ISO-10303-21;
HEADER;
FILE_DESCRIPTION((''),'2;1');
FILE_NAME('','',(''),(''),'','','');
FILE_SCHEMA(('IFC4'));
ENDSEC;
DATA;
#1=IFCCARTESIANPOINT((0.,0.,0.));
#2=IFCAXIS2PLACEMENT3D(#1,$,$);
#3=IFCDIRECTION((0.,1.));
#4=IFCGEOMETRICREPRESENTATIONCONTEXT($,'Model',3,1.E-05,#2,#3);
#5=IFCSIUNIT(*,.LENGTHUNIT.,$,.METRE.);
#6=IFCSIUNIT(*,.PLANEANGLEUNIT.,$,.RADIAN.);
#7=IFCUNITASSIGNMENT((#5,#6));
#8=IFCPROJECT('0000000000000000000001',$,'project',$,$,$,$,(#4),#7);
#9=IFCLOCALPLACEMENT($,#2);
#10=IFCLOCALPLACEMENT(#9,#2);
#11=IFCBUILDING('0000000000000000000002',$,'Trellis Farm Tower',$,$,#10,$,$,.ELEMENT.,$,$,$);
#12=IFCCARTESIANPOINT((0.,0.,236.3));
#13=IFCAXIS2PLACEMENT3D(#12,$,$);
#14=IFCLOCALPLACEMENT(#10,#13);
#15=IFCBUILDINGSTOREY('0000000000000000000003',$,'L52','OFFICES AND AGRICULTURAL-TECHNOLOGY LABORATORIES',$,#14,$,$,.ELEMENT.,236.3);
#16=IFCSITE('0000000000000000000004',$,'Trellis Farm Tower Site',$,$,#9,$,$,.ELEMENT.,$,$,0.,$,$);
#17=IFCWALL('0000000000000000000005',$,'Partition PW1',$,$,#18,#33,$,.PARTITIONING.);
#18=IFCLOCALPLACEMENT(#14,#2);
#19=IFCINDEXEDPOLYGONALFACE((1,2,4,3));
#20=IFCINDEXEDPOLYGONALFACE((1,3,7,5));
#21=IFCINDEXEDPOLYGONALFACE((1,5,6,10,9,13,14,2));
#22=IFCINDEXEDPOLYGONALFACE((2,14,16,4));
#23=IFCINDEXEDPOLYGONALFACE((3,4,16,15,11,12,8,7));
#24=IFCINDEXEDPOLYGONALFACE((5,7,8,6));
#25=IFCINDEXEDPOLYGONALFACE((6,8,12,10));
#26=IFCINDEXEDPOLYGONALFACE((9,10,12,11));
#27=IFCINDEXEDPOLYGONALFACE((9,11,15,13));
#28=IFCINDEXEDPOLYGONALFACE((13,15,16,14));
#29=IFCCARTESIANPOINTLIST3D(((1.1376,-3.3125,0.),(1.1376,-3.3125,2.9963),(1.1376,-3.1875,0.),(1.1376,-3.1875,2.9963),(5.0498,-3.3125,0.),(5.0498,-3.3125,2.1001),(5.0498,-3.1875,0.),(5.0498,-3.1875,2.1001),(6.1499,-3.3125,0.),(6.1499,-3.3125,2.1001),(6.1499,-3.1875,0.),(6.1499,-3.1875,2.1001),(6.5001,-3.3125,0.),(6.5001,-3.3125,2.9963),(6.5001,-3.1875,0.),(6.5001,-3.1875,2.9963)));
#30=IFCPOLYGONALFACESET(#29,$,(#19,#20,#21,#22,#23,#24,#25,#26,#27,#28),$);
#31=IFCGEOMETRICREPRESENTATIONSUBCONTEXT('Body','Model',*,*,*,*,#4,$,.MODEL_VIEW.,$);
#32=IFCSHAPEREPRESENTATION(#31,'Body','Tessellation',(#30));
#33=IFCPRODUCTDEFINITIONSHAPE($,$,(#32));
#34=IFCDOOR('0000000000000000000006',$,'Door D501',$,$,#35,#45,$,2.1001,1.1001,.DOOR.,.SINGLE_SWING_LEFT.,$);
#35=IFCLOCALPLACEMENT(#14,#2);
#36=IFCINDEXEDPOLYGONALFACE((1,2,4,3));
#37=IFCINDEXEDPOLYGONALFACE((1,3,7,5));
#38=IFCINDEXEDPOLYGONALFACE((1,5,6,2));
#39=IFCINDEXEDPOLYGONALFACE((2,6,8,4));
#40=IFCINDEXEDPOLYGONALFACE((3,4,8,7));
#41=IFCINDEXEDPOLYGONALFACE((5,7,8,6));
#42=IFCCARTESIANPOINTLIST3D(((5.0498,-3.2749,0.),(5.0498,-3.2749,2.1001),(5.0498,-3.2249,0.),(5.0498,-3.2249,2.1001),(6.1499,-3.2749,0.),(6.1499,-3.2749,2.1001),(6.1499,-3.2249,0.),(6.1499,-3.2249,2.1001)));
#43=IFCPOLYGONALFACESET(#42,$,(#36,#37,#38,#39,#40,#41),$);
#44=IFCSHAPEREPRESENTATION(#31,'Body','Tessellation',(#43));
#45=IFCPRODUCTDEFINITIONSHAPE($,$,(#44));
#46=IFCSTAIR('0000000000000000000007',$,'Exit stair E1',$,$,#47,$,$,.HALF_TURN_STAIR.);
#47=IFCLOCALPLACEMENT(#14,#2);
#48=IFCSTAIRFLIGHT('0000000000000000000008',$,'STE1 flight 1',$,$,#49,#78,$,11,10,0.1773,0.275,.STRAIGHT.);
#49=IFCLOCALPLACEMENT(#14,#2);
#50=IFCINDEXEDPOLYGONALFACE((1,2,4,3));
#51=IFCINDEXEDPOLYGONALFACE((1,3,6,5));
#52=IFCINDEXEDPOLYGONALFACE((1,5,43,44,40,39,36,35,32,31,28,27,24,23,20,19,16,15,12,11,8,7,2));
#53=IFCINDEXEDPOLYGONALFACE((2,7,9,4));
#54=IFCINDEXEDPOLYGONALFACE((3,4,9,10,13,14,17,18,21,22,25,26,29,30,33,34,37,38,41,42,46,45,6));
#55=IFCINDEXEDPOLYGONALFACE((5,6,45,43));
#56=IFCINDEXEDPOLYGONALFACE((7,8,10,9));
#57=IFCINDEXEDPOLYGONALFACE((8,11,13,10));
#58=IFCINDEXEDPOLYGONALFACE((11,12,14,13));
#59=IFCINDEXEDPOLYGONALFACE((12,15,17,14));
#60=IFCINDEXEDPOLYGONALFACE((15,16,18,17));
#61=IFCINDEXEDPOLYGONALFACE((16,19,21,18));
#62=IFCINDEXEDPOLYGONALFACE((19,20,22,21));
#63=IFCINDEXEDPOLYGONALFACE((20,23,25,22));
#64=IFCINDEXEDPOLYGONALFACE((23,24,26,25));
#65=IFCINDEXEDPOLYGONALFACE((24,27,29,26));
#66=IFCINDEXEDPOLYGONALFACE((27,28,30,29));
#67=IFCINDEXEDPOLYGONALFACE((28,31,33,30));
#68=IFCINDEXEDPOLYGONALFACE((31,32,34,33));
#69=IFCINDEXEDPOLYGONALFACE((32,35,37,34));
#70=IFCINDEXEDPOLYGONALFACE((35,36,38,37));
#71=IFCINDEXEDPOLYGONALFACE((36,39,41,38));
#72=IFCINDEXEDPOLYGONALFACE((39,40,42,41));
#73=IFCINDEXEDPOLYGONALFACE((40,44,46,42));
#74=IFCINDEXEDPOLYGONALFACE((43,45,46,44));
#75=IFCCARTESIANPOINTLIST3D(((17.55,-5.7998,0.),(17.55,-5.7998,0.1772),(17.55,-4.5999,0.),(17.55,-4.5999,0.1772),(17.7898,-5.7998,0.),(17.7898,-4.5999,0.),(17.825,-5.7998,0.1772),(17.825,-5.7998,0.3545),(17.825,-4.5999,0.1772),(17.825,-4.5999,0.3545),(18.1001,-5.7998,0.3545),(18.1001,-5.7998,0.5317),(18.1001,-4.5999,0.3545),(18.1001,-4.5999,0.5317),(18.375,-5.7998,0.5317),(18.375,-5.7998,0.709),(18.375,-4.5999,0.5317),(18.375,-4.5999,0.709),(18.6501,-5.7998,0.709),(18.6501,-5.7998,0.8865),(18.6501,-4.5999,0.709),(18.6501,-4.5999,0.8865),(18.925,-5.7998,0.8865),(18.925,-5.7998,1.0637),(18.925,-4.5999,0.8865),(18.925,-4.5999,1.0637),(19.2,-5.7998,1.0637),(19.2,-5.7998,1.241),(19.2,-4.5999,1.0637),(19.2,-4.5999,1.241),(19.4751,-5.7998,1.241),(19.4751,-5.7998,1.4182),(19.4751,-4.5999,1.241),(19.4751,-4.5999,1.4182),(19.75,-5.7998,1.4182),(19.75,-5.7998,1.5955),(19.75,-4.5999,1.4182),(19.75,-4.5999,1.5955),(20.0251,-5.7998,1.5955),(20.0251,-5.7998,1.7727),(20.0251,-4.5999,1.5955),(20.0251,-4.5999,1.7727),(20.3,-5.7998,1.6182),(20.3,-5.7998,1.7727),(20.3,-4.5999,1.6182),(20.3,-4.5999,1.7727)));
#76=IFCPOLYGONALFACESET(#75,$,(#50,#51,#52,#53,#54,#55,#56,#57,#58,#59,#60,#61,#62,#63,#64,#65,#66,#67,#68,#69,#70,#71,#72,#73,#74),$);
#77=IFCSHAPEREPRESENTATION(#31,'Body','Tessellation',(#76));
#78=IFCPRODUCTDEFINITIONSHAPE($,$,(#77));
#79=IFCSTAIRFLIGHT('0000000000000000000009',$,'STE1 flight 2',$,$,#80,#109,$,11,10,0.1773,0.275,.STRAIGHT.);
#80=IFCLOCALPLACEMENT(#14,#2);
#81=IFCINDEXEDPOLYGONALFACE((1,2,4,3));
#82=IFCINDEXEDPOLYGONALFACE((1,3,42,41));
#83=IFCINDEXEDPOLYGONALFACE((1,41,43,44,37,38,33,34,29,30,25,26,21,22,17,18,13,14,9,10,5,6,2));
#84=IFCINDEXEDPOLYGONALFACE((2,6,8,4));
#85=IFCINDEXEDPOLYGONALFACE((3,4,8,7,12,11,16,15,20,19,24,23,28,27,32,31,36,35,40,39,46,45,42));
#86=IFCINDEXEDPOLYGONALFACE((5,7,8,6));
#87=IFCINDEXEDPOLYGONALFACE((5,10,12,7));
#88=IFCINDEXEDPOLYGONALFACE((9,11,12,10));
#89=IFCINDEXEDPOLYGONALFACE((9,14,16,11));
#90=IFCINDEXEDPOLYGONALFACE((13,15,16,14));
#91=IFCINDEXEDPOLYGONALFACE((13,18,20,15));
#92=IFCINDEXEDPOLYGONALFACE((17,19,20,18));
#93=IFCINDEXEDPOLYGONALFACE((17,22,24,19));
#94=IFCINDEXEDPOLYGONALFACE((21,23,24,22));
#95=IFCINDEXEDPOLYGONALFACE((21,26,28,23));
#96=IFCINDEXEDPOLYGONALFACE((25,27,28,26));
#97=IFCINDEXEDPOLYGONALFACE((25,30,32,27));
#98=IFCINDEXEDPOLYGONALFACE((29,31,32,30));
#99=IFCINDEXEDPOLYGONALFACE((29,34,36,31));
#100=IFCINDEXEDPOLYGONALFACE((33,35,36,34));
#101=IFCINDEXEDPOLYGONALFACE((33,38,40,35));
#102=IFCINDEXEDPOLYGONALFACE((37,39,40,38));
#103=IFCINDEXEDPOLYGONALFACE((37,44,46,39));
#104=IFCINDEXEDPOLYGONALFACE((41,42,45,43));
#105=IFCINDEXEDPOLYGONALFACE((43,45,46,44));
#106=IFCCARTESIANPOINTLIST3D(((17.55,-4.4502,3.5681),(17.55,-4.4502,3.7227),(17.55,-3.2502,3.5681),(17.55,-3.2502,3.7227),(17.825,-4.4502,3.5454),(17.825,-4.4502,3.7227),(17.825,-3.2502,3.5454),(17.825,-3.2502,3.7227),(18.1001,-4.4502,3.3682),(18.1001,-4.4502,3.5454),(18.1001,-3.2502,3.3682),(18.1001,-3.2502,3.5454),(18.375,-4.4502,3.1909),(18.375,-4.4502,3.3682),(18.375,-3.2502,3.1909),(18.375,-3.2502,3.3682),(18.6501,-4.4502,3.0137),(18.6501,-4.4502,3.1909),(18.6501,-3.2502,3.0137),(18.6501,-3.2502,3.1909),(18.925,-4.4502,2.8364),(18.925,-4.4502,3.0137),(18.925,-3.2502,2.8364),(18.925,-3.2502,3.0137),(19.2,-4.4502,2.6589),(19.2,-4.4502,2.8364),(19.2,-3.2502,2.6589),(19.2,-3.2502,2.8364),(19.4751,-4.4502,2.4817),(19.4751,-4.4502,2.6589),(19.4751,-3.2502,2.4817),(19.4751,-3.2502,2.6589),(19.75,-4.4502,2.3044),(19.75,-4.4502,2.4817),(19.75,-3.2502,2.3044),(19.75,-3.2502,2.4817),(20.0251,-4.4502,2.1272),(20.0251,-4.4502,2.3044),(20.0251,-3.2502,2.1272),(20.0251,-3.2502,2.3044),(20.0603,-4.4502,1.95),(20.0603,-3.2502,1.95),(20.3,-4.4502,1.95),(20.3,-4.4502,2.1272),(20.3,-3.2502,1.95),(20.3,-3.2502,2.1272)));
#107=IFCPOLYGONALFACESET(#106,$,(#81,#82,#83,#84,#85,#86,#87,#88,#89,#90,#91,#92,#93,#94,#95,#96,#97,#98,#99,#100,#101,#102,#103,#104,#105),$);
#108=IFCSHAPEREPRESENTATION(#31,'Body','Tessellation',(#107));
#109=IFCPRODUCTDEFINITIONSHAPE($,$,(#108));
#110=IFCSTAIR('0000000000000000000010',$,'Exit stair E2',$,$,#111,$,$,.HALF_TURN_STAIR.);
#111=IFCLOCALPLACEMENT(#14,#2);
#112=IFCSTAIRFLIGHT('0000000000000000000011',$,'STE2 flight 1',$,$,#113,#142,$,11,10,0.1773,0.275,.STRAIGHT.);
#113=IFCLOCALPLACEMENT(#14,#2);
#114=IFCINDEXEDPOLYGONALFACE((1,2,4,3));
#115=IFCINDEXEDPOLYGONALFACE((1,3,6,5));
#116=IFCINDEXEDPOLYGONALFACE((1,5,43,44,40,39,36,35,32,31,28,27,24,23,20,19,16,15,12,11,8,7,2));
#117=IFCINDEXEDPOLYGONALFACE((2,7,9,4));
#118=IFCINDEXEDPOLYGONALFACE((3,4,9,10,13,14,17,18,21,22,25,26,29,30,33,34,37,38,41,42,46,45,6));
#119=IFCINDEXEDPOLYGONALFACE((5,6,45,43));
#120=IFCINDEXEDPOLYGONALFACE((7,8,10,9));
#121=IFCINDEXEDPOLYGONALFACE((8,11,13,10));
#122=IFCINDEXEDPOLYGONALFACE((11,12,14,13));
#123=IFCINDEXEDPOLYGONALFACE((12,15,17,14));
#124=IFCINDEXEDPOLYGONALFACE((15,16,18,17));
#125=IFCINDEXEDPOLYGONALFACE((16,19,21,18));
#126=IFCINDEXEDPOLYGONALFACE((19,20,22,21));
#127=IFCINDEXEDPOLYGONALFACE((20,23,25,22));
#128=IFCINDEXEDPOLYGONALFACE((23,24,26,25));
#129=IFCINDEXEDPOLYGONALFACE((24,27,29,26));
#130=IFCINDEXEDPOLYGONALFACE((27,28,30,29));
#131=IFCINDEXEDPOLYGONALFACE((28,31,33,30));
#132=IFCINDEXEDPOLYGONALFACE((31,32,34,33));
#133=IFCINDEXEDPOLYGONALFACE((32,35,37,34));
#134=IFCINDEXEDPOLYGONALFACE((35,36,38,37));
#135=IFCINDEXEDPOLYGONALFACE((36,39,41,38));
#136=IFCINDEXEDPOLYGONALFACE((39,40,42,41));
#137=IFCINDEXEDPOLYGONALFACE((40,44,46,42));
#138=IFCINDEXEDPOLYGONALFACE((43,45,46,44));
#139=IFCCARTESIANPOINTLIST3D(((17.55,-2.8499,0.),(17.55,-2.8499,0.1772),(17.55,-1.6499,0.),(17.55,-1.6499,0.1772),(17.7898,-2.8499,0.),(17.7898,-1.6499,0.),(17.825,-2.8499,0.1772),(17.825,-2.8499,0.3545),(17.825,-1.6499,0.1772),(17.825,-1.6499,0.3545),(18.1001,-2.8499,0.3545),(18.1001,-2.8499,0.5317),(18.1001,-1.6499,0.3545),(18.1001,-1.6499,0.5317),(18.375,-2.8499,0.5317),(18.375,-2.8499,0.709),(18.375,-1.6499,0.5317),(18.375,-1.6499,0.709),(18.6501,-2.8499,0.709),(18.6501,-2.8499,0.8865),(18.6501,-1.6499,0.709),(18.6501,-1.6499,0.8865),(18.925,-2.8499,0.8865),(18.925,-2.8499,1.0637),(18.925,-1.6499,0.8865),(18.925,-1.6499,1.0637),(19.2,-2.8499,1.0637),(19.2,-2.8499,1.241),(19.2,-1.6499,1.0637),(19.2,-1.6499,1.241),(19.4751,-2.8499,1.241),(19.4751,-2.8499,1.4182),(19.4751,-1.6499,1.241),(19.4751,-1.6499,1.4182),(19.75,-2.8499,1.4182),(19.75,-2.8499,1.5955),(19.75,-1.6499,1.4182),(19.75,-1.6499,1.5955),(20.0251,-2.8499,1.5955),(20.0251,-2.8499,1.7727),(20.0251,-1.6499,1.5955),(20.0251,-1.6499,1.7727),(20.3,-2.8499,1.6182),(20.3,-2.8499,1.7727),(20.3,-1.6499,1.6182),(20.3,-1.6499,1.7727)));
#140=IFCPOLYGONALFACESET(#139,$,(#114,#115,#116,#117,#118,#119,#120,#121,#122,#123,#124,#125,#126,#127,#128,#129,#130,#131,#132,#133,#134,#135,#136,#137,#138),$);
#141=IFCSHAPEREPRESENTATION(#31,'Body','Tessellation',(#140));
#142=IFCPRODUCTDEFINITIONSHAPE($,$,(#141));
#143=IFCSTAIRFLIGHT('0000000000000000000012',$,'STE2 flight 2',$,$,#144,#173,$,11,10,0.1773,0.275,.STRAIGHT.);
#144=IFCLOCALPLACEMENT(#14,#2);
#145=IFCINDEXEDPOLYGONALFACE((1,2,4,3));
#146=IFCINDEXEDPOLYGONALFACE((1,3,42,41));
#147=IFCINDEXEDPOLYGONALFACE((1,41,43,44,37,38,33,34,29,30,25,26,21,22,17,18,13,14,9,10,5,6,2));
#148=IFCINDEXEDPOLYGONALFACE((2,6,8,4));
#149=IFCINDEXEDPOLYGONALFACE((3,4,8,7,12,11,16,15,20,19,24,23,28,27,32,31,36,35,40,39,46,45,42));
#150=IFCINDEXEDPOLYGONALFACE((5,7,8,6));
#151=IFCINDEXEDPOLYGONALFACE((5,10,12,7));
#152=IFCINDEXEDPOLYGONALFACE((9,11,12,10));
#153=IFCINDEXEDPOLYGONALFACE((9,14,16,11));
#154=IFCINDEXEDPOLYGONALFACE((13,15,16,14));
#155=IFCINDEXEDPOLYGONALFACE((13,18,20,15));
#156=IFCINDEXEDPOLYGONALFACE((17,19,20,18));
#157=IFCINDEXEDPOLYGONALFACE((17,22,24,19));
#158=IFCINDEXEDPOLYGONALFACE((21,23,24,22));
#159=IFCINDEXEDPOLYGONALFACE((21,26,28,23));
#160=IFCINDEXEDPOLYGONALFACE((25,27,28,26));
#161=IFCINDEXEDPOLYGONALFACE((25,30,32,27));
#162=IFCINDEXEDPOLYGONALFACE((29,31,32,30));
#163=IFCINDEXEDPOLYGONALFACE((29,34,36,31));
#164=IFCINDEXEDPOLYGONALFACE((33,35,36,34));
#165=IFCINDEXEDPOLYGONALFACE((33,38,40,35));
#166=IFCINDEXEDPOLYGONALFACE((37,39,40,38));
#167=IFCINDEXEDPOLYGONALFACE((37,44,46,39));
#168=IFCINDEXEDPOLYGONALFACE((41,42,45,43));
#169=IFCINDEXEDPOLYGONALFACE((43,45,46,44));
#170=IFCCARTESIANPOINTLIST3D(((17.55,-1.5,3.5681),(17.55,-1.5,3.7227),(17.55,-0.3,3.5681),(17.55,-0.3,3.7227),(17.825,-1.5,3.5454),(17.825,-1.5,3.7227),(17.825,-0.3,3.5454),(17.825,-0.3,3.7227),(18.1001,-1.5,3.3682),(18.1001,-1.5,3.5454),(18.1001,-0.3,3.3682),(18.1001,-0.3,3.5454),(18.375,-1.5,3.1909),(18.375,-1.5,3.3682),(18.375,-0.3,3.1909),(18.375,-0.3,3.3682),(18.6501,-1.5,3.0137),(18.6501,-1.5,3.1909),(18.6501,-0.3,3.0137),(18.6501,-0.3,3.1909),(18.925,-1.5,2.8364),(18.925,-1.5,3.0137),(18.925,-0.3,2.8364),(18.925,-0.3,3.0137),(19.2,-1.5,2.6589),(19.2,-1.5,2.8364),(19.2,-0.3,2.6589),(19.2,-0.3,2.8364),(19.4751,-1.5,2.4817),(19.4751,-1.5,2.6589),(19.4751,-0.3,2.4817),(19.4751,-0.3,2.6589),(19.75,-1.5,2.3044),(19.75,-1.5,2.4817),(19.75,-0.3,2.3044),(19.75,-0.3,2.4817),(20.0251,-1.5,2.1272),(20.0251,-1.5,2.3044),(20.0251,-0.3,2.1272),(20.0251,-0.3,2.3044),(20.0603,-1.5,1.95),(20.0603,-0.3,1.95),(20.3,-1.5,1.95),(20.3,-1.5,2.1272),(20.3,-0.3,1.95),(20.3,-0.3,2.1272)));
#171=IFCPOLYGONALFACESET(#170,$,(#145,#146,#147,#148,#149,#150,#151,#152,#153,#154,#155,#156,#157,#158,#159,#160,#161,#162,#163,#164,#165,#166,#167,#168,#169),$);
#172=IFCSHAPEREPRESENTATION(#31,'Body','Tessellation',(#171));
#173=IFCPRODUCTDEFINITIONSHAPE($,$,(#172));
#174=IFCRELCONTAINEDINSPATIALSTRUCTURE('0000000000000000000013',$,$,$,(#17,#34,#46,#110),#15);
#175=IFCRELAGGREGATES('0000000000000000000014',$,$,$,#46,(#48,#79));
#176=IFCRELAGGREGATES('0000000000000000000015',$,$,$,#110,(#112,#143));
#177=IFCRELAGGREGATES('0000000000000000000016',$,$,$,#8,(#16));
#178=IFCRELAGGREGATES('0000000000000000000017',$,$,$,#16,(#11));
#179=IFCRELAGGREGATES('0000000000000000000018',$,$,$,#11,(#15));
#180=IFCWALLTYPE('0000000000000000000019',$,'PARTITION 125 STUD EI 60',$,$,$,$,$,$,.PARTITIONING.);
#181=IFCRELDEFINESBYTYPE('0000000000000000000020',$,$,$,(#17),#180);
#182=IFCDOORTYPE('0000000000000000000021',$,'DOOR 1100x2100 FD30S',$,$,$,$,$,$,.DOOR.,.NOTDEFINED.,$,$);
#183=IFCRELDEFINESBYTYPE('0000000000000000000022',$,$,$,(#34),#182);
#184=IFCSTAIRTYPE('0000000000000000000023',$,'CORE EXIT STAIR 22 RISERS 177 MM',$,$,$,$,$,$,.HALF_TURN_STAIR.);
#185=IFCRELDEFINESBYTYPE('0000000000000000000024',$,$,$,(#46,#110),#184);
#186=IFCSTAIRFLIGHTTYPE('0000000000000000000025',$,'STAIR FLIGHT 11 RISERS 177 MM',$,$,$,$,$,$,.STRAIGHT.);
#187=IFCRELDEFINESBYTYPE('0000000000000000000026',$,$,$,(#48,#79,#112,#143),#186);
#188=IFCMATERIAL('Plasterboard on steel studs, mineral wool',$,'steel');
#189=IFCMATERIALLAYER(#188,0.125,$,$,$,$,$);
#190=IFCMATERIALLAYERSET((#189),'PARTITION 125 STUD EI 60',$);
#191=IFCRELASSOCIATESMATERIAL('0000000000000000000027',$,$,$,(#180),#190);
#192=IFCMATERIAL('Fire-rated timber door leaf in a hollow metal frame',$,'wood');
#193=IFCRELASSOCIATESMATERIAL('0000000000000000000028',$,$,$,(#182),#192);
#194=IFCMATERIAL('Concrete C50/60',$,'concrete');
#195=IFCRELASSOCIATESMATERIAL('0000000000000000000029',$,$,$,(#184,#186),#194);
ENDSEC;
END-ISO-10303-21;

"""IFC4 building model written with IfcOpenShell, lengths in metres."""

from ifc_helpers import new_model, si_unit, direction, frame, frame_2d, origin, place, context, subcontext, project, spatial, polyline, rectangle, outline, extrude, source, transform, mapped, material, layer, layer_set, type_object, element, fill, aggregate, save


model = new_model("IFC4")

# Units and contexts
model_context = context("Model", 3, precision=1e-05, world=origin(), true_north=direction((0.0, 1.0)))
body_context = subcontext(model_context, "Body", "Model", "MODEL_VIEW")
ifc_project = project(units=[si_unit("LENGTHUNIT", "METRE"), si_unit("PLANEANGLEUNIT", "RADIAN")], contexts=[model_context])

# Site, building, storey
site_placement = place(None, origin())
site = spatial("IfcSite", under=ifc_project, at=site_placement, Name="Trellis Farm Tower Site", CompositionType="ELEMENT", RefElevation=0.0)
building_placement = place(site_placement, origin())
building = spatial("IfcBuilding", under=site, at=building_placement, Name="Trellis Farm Tower", CompositionType="ELEMENT")
storey_placement = place(building_placement, frame((0.0, 0.0, 236.3)))
storey = spatial("IfcBuildingStorey", under=building, at=storey_placement, Name="L52", Description="OFFICES AND AGRICULTURAL-TECHNOLOGY LABORATORIES", CompositionType="ELEMENT", Elevation=236.3)

# Shared definitions
placement = place(storey_placement, origin())

# Shared definitions
ifc_material_1 = material(Name="Plasterboard on steel studs, mineral wool", Category="steel")
ifc_layer_1 = layer(ifc_material_1, 0.125)
ifc_layer_set_1 = layer_set([ifc_layer_1], Name="PARTITION 125 STUD EI 60")
wall_type_1 = type_object("IfcWallType", Name="PARTITION 125 STUD EI 60", PredefinedType="PARTITIONING", material=ifc_layer_set_1)

# Wall, opening, door
shared_shape_1 = source(origin(), body_context, "Body", "SweptSolid", [
    extrude(rectangle(XDim=5.3625, YDim=0.125, at=frame_2d((2.6812, 0.0))), origin(), (0.0, 0.0, 1.0), 2.9963),
])
wall_1_placement = place(storey_placement, frame((6.5, -3.25, 0.0), z_axis=(0.0, 0.0, 1.0), x_axis=(-1.0, 0.0, 0.0)))
wall_1 = element("IfcWall", 1, at=wall_1_placement, inside=storey, type_object=wall_type_1, Name="Partition PW1", PredefinedType="PARTITIONING", context=body_context, shape_type="MappedRepresentation", body=[
    mapped(shared_shape_1, transform((0.0, 0.0, 0.0))),
])
shared_shape_2 = source(origin(), body_context, "Body", "SweptSolid", [
    extrude(rectangle(XDim=1.1001, YDim=2.1001, at=frame_2d((0.55, 1.05))), frame((0.0, 0.0725, 0.0), z_axis=(0.0, -1.0, 0.0), x_axis=(1.0, 0.0, 0.0)), (0.0, 0.0, 1.0), 0.145),
])
opening_1_placement = place(wall_1_placement, frame((0.3501, 0.0, 0.0)))
opening_1 = element("IfcOpeningElement", 2, at=opening_1_placement, cuts=wall_1, PredefinedType="OPENING", context=body_context, shape_type="MappedRepresentation", body=[
    mapped(shared_shape_2, transform((0.0, 0.0, 0.0))),
])
ifc_material_2 = material(Name="Fire-rated timber door leaf in a hollow metal frame", Category="wood")
door_type_1 = type_object("IfcDoorType", Name="DOOR 1100x2100 FD30S", OperationType="NOTDEFINED", PredefinedType="DOOR", material=ifc_material_2)
shared_shape_3 = source(origin(), body_context, "Body", "SweptSolid", [
    extrude(rectangle(XDim=1.1001, YDim=2.1001, at=frame_2d((0.55, 1.05))), frame((0.0, 0.0249, 0.0), z_axis=(0.0, -1.0, 0.0), x_axis=(1.0, 0.0, 0.0)), (0.0, 0.0, 1.0), 0.05),
])
door_1_placement = place(opening_1_placement, origin())
door_1 = element("IfcDoor", 3, at=door_1_placement, inside=storey, type_object=door_type_1, Name="Door D501", OperationType="SINGLE_SWING_LEFT", OverallHeight=2.1001, OverallWidth=1.1001, PredefinedType="DOOR", context=body_context, shape_type="MappedRepresentation", body=[
    mapped(shared_shape_3, transform((0.0, 0.0, 0.0))),
])
fill(opening_1, door_1)

# Stairs, stair flights
ifc_material_3 = material(Name="Concrete C50/60", Category="concrete")
stair_type = type_object("IfcStairType", Name="CORE EXIT STAIR 22 RISERS 177 MM", PredefinedType="HALF_TURN_STAIR", material=ifc_material_3)
stair_1 = element("IfcStair", 4, at=placement, inside=storey, type_object=stair_type, Name="Exit stair E1", PredefinedType="HALF_TURN_STAIR")
stair_flight_type = type_object("IfcStairFlightType", Name="STAIR FLIGHT 11 RISERS 177 MM", PredefinedType="STRAIGHT", material=ifc_material_3)
shared_shape_4 = source(origin(), body_context, "Body", "SweptSolid", [
    extrude(outline(polyline([(0.0, 0.0), (0.0, 0.1772), (0.2749, 0.1772), (0.2749, 0.3545), (0.55, 0.3545), (0.55, 0.5317), (0.825, 0.5317), (0.825, 0.709), (1.1001, 0.709), (1.1001, 0.8865), (1.375, 0.8865), (1.375, 1.0637), (1.6499, 1.0637), (1.6499, 1.241), (1.925, 1.241), (1.925, 1.4182), (2.2, 1.4182), (2.2, 1.5955), (2.4751, 1.5955), (2.4751, 1.7727), (2.75, 1.7727), (2.75, 1.95), (2.75, 1.6182), (0.2397, 0.0), (0.0, 0.0)])), frame((0.0, 0.6001, 0.0), z_axis=(0.0, -1.0, 0.0), x_axis=(1.0, 0.0, 0.0)), (0.0, 0.0, 1.0), 1.2),
])
stair_flight_1_placement = place(storey_placement, frame((17.55, -5.2, 0.0), z_axis=(0.0, 0.0, 1.0), x_axis=(1.0, 0.0, 0.0)))
stair_flight_1 = element("IfcStairFlight", 5, at=stair_flight_1_placement, type_object=stair_flight_type, Name="STE1 flight 1", NumberOfRisers=11, NumberOfTreads=10, PredefinedType="STRAIGHT", RiserHeight=0.1773, TreadLength=0.275, context=body_context, shape_type="MappedRepresentation", body=[
    mapped(shared_shape_4, transform((0.0, 0.0, 0.0))),
])
stair_flight_2_placement = place(storey_placement, frame((20.3, -3.8501, 1.95), z_axis=(0.0, 0.0, 1.0), x_axis=(-1.0, 0.0, 0.0)))
stair_flight_2 = element("IfcStairFlight", 6, at=stair_flight_2_placement, type_object=stair_flight_type, Name="STE1 flight 2", NumberOfRisers=11, NumberOfTreads=10, PredefinedType="STRAIGHT", RiserHeight=0.1773, TreadLength=0.275, context=body_context, shape_type="MappedRepresentation", body=[
    mapped(shared_shape_4, transform((0.0, 0.0, 0.0))),
])
aggregate(stair_1, [stair_flight_1, stair_flight_2])
stair_2 = element("IfcStair", 7, at=placement, inside=storey, type_object=stair_type, Name="Exit stair E2", PredefinedType="HALF_TURN_STAIR")
stair_flight_3_placement = place(storey_placement, frame((17.55, -2.25, 0.0), z_axis=(0.0, 0.0, 1.0), x_axis=(1.0, 0.0, 0.0)))
stair_flight_3 = element("IfcStairFlight", 8, at=stair_flight_3_placement, type_object=stair_flight_type, Name="STE2 flight 1", NumberOfRisers=11, NumberOfTreads=10, PredefinedType="STRAIGHT", RiserHeight=0.1773, TreadLength=0.275, context=body_context, shape_type="MappedRepresentation", body=[
    mapped(shared_shape_4, transform((0.0, 0.0, 0.0))),
])
stair_flight_4_placement = place(storey_placement, frame((20.3, -0.8999, 1.95), z_axis=(0.0, 0.0, 1.0), x_axis=(-1.0, 0.0, 0.0)))
stair_flight_4 = element("IfcStairFlight", 9, at=stair_flight_4_placement, type_object=stair_flight_type, Name="STE2 flight 2", NumberOfRisers=11, NumberOfTreads=10, PredefinedType="STRAIGHT", RiserHeight=0.1773, TreadLength=0.275, context=body_context, shape_type="MappedRepresentation", body=[
    mapped(shared_shape_4, transform((0.0, 0.0, 0.0))),
])
aggregate(stair_2, [stair_flight_3, stair_flight_4])

save(model, "model.ifc")
